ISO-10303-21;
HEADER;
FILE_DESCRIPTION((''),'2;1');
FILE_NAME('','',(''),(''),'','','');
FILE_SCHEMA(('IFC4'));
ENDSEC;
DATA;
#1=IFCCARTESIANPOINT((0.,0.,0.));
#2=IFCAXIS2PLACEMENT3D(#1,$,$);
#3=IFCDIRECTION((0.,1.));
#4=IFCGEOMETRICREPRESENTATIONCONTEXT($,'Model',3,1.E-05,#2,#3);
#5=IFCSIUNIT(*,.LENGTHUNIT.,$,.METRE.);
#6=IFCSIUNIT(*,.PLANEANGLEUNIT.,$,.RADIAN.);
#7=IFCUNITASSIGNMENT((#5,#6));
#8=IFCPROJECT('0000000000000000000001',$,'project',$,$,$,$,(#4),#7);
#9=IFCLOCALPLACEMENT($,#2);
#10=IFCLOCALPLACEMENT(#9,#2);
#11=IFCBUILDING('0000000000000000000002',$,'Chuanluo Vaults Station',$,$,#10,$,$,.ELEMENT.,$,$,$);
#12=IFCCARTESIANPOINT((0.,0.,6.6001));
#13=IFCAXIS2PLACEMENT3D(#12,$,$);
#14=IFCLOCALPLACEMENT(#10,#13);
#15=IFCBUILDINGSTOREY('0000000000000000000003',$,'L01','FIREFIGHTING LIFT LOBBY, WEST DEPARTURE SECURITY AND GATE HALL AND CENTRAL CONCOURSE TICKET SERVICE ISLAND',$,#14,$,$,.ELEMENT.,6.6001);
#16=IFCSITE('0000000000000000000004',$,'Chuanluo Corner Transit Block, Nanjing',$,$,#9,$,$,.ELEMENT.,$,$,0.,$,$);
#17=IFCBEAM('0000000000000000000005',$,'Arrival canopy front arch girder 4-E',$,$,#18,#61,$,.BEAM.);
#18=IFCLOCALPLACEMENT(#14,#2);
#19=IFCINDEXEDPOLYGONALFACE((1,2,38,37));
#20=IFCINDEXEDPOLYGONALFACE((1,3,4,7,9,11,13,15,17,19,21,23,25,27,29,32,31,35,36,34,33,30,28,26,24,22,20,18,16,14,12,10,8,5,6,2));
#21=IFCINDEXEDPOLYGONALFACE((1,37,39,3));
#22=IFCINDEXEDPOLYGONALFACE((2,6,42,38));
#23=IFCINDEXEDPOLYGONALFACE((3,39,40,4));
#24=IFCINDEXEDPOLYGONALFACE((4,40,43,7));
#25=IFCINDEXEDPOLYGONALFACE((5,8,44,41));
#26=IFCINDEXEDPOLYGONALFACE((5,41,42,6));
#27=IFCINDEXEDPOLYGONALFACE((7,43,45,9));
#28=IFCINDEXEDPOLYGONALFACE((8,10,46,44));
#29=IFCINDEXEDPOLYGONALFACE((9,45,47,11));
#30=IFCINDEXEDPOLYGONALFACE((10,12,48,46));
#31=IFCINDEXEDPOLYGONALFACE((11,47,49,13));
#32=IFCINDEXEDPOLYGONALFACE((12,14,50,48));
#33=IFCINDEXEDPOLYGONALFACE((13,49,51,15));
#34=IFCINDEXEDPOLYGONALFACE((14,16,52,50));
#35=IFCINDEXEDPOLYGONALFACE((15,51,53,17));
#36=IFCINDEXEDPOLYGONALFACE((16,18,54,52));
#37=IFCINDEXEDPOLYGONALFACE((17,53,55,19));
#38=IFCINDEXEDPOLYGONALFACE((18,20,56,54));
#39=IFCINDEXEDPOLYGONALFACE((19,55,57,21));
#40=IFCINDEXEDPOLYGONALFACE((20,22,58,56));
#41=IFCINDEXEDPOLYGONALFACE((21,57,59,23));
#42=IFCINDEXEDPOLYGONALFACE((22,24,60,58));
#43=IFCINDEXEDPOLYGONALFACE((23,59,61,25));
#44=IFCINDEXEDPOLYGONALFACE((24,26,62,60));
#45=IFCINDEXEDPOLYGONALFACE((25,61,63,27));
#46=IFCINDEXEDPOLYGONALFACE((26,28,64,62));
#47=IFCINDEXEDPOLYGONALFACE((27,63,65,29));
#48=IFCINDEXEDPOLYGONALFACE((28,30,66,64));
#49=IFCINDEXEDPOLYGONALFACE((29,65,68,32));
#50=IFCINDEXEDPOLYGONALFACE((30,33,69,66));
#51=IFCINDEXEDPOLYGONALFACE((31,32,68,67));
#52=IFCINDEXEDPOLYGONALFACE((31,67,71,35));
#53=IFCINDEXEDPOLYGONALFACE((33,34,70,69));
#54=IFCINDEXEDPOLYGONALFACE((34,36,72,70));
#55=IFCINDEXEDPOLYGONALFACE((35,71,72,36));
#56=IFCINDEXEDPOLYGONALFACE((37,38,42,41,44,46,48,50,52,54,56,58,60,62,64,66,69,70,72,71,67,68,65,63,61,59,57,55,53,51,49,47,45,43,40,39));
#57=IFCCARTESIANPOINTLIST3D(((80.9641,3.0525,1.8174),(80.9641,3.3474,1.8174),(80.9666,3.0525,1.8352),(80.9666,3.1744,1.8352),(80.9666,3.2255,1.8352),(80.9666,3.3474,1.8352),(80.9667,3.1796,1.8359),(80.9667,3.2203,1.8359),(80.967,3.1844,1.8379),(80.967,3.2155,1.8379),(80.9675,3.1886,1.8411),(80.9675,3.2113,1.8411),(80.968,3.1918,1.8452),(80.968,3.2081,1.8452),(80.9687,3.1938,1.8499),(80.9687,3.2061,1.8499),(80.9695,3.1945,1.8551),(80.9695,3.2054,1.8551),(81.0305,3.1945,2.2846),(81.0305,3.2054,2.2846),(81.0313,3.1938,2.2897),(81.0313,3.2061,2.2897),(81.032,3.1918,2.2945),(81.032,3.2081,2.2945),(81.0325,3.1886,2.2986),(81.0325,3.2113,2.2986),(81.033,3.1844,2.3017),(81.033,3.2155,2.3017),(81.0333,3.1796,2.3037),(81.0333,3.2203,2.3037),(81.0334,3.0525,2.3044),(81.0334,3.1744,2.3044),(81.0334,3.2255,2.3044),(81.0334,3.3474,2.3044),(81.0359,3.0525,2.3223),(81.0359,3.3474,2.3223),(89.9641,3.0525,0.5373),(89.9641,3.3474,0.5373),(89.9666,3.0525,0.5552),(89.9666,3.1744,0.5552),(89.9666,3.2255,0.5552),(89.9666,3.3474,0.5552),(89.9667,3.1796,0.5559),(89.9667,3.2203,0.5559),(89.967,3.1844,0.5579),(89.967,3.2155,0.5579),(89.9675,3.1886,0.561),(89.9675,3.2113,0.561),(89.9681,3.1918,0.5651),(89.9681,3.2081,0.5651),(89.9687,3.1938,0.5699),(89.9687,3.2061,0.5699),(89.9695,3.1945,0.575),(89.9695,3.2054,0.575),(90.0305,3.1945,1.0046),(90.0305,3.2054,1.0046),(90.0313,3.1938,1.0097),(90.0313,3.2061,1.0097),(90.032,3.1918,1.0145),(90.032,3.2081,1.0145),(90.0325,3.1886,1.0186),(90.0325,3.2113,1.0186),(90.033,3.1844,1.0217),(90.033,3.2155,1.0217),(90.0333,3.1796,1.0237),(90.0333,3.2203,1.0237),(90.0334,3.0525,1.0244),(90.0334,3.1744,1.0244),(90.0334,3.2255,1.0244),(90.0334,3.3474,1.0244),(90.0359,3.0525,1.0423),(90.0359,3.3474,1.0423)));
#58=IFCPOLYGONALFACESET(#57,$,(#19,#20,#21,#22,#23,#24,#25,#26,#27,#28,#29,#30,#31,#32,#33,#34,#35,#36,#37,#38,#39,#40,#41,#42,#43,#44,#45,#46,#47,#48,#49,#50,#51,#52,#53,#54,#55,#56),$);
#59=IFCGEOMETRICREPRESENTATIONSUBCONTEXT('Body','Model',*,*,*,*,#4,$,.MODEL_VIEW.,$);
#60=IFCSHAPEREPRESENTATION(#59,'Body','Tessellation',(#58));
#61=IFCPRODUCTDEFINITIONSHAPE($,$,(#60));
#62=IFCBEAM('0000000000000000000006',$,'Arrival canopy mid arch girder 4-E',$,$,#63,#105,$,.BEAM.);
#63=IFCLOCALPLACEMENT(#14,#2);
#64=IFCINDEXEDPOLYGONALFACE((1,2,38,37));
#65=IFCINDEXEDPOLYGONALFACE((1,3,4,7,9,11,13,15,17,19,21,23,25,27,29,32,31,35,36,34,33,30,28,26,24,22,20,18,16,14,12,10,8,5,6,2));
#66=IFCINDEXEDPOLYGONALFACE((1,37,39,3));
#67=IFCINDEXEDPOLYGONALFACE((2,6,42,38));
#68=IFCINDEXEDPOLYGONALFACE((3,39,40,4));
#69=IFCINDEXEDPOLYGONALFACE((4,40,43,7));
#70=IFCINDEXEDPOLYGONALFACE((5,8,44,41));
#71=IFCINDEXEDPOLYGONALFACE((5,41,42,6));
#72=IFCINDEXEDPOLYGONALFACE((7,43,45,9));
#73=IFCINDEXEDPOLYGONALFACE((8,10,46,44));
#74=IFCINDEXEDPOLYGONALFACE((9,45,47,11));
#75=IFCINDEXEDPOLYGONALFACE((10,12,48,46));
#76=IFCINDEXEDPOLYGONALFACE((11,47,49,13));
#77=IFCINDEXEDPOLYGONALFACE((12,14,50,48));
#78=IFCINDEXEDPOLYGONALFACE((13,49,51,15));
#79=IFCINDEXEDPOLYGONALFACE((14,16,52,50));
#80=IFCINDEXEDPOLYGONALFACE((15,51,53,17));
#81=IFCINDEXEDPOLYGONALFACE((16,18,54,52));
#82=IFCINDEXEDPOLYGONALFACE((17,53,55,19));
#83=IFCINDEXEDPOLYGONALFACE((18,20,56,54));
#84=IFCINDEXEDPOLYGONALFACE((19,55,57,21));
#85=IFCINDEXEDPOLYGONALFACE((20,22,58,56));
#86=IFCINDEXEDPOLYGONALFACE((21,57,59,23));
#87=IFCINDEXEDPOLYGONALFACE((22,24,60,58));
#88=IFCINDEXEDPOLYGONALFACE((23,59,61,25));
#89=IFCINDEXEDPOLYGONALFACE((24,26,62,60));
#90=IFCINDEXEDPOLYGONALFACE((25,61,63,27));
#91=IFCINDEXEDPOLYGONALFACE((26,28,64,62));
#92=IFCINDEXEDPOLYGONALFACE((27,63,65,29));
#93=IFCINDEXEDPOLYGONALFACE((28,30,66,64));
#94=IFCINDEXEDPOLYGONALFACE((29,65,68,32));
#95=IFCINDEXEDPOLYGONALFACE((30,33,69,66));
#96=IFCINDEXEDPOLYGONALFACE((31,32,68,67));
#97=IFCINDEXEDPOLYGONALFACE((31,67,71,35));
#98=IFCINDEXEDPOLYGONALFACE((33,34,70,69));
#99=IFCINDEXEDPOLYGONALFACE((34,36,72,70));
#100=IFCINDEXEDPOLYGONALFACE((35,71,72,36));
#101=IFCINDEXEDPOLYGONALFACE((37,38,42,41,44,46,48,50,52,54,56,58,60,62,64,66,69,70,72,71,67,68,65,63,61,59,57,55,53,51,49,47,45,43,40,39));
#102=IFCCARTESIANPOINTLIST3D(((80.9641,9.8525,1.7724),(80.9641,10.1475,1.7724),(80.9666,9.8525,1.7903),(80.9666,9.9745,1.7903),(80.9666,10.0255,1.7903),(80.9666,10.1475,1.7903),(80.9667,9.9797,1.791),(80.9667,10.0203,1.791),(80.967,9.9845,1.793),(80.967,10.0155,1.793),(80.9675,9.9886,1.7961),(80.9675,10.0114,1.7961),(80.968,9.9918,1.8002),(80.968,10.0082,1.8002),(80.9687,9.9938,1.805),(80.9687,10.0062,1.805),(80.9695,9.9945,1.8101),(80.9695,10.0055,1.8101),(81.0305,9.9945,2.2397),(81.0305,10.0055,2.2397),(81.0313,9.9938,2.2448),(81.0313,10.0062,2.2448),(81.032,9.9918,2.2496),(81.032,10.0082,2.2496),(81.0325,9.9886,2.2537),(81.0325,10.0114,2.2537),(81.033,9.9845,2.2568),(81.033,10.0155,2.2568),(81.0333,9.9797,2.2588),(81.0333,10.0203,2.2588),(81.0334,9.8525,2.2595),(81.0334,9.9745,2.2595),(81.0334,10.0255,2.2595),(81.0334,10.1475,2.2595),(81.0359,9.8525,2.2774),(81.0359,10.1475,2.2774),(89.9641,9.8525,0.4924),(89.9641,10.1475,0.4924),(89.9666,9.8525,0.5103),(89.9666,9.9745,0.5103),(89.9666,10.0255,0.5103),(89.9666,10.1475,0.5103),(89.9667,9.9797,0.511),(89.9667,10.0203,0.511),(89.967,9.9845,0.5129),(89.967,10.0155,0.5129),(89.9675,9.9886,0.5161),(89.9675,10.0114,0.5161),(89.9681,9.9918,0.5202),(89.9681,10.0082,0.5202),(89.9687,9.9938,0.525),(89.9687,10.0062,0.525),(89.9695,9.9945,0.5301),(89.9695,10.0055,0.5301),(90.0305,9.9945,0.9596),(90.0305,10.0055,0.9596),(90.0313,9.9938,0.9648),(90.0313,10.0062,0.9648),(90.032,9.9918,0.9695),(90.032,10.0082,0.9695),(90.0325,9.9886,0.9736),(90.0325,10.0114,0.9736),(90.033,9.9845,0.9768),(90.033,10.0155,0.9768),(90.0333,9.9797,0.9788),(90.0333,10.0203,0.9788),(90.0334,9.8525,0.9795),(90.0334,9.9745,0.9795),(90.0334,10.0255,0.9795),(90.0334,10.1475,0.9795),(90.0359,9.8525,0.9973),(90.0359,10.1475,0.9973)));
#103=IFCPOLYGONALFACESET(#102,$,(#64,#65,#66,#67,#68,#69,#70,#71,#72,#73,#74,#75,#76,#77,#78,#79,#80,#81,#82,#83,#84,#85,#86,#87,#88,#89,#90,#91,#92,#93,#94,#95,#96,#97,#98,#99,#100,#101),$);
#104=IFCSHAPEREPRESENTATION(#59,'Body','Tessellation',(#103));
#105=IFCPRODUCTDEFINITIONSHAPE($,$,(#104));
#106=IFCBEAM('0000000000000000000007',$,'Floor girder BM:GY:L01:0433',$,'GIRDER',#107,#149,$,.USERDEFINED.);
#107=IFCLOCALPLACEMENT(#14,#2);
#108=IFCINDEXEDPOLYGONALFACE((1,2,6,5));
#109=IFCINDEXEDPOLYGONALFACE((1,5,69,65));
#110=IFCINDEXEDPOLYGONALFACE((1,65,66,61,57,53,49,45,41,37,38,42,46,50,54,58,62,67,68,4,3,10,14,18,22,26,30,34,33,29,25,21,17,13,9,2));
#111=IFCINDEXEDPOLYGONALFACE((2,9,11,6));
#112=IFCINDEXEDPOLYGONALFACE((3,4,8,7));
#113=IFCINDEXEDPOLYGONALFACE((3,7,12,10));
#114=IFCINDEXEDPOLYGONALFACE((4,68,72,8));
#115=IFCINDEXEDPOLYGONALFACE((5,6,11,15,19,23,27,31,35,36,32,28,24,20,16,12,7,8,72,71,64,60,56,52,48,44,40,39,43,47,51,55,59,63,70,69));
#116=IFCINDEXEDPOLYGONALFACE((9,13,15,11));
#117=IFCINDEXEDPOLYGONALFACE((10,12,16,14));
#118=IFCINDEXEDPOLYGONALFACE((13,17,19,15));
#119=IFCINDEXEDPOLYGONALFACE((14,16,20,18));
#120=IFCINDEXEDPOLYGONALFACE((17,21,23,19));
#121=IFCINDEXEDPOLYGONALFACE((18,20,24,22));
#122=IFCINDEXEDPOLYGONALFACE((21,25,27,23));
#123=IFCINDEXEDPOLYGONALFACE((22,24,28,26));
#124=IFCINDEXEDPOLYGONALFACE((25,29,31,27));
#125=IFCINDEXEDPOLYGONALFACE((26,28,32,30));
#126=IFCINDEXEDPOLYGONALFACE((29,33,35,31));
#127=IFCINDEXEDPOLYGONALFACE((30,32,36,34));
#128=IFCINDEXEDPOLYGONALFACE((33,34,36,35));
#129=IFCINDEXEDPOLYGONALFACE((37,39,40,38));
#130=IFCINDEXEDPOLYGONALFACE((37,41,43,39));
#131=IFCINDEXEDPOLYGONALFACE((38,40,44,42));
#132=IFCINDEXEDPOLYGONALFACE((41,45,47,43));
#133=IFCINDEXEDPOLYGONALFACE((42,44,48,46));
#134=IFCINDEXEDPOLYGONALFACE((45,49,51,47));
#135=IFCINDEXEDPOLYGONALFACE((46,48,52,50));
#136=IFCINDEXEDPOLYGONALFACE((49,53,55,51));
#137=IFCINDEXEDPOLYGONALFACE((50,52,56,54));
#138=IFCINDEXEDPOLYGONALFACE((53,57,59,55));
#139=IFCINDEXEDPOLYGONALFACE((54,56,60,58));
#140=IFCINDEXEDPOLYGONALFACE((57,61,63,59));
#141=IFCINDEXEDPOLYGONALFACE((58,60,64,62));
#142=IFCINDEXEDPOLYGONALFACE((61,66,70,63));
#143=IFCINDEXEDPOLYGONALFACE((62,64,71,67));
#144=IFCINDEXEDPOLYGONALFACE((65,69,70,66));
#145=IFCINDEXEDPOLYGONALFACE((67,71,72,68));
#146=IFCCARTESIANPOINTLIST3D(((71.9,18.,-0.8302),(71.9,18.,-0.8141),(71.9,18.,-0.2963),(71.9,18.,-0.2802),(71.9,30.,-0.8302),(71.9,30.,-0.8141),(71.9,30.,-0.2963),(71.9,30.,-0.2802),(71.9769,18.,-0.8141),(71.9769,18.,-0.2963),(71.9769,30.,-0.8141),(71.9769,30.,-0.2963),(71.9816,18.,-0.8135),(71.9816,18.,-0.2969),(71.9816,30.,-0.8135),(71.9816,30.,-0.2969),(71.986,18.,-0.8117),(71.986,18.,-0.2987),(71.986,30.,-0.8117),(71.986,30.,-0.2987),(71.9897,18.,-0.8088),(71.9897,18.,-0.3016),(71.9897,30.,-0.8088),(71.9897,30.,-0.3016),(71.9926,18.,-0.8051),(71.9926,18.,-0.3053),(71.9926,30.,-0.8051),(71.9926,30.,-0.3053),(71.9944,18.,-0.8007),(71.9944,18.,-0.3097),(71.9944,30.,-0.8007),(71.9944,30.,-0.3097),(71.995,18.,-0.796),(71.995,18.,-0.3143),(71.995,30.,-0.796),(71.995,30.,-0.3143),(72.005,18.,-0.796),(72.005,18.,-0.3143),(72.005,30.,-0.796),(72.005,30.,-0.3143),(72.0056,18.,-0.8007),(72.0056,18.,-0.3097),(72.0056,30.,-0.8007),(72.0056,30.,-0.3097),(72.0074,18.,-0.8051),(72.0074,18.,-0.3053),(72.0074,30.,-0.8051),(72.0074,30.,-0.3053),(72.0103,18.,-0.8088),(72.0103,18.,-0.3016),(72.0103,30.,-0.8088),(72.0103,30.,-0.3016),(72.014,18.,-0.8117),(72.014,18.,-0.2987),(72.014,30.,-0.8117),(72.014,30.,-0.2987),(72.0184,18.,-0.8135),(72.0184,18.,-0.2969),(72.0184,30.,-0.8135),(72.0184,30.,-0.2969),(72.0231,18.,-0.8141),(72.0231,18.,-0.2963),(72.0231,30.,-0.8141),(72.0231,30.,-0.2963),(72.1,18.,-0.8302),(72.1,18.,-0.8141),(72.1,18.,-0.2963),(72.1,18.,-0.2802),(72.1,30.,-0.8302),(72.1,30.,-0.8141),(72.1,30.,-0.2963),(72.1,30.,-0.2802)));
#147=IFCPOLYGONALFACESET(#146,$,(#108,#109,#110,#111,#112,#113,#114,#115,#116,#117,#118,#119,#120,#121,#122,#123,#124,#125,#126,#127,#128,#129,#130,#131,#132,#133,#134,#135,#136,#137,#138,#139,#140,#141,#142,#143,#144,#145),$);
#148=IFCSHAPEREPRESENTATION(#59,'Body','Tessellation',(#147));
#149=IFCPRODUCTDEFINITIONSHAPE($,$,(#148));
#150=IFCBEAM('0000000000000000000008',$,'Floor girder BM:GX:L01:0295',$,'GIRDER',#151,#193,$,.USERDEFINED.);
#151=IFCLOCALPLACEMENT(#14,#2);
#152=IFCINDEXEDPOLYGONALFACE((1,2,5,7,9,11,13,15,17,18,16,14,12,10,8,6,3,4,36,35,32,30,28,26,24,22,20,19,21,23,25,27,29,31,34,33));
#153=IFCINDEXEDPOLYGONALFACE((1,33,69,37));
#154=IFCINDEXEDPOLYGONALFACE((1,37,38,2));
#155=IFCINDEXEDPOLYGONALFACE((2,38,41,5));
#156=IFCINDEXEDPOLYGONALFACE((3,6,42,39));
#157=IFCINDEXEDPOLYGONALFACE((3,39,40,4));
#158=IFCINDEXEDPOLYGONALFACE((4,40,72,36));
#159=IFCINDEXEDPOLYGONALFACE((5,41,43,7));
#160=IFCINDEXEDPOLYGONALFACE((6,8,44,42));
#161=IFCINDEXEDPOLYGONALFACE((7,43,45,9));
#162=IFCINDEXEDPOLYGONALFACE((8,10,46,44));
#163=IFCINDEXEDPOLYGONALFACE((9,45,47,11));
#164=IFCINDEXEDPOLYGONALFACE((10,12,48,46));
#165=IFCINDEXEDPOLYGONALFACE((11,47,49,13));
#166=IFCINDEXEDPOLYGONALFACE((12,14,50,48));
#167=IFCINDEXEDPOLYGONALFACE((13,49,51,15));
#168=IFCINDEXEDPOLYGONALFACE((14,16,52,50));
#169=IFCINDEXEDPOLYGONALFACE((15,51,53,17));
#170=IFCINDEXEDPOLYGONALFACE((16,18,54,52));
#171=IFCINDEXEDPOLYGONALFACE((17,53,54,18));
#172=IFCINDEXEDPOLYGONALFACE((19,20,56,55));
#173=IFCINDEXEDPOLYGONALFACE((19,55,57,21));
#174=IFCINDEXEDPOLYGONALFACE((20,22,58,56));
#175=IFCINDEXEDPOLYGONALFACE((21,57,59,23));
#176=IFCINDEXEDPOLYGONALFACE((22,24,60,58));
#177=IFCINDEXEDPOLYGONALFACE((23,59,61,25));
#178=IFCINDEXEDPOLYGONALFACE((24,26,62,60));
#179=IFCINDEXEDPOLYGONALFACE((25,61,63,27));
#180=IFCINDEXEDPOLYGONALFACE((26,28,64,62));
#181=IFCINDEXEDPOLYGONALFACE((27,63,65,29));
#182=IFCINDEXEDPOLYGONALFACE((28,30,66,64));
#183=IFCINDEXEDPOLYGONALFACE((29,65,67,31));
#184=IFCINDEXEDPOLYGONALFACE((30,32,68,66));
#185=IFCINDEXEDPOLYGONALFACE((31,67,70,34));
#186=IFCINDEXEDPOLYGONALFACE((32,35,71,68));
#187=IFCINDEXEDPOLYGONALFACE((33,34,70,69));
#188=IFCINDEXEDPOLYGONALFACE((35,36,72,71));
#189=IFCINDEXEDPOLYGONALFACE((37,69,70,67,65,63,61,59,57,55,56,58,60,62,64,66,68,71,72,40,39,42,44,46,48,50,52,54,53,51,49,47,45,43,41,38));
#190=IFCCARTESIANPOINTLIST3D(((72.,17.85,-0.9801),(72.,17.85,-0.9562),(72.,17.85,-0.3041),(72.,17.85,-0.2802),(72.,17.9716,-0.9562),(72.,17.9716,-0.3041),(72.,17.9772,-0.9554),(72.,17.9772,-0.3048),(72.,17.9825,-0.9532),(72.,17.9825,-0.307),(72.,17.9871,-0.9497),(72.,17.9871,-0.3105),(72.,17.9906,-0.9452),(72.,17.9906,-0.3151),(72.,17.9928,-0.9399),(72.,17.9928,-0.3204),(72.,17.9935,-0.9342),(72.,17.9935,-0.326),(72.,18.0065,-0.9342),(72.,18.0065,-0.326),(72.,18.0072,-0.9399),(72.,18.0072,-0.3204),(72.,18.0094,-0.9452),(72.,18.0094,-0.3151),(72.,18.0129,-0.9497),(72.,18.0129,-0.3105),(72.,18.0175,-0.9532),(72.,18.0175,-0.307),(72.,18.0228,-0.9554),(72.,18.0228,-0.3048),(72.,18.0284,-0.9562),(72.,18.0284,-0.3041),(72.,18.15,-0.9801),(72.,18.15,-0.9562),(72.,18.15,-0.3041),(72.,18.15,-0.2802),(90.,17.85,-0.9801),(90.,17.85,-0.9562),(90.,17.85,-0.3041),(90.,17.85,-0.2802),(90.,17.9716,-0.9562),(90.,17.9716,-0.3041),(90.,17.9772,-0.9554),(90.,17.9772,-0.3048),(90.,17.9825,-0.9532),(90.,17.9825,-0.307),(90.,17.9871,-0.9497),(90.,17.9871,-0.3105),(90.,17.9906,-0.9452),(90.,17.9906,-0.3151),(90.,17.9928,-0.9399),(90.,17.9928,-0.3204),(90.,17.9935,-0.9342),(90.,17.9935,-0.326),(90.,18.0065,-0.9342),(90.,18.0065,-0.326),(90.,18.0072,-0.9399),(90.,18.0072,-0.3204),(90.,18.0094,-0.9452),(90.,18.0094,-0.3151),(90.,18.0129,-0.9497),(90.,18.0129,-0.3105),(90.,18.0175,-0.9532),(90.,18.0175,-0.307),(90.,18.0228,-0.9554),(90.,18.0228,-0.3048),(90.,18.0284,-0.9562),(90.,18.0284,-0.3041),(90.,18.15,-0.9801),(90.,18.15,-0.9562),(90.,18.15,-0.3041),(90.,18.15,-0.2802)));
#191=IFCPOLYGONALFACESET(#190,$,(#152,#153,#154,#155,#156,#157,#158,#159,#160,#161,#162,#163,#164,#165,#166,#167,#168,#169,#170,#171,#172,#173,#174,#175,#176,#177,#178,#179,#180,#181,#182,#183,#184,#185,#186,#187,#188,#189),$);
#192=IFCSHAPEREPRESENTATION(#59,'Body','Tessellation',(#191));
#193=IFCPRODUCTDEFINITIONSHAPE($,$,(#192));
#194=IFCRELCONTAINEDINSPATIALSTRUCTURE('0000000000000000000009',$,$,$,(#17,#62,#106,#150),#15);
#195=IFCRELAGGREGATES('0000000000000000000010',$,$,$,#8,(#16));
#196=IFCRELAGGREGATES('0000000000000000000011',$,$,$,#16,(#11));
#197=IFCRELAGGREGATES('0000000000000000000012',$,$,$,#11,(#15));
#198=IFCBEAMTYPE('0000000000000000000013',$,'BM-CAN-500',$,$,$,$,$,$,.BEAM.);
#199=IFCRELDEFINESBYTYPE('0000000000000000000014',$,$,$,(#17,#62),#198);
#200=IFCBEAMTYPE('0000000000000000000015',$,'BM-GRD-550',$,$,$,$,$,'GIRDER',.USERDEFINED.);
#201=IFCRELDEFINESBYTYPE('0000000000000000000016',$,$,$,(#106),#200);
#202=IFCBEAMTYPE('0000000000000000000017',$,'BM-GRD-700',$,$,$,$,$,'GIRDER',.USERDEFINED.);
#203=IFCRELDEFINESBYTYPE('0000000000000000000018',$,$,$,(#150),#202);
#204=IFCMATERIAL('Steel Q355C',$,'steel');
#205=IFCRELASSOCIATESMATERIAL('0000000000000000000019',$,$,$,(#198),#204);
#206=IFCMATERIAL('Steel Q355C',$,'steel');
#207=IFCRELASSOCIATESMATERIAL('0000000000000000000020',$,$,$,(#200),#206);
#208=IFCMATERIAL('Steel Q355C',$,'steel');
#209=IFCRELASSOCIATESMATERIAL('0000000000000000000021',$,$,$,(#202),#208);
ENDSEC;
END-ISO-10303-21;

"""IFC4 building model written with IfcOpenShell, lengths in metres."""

from ifc_helpers import new_model, si_unit, direction, frame, origin, origin_2d, place, context, subcontext, project, spatial, i_section, extrude, material, material_profile, profile_set, type_object, element, save


model = new_model("IFC4")

# Units and contexts
model_context = context("Model", 3, precision=1e-05, world=origin(), true_north=direction((0.0, 1.0)))
body_context = subcontext(model_context, "Body", "Model", "MODEL_VIEW")
ifc_project = project(units=[si_unit("LENGTHUNIT", "METRE"), si_unit("PLANEANGLEUNIT", "RADIAN")], contexts=[model_context])

# Site, building, storey
site_placement = place(None, origin())
site = spatial("IfcSite", under=ifc_project, at=site_placement, Name="Chuanluo Corner Transit Block, Nanjing", CompositionType="ELEMENT", RefElevation=0.0)
building_placement = place(site_placement, origin())
building = spatial("IfcBuilding", under=site, at=building_placement, Name="Chuanluo Vaults Station", CompositionType="ELEMENT")
storey_placement = place(building_placement, frame((0.0, 0.0, 6.6001)))
storey = spatial("IfcBuildingStorey", under=building, at=storey_placement, Name="L01", Description="FIREFIGHTING LIFT LOBBY, WEST DEPARTURE SECURITY AND GATE HALL AND CENTRAL CONCOURSE TICKET SERVICE ISLAND", CompositionType="ELEMENT", Elevation=6.6001)

# Beams
ifc_material_1 = material(Name="Steel Q355C", Category="steel")
ifc_material_profile_1 = material_profile(ifc_material_1, i_section(OverallWidth=0.2949, OverallDepth=0.51, WebThickness=0.011, FlangeThickness=0.0181, FilletRadius=0.02, at=origin_2d()))
ifc_profile_set_1 = profile_set([ifc_material_profile_1], Name="Steel Q355C")
beam_type_1 = type_object("IfcBeamType", Name="BM-CAN-500", PredefinedType="BEAM", material=ifc_profile_set_1)
for number, where, z_axis, x_axis, name in (
    (1, (81.0, 3.2, 2.0698), (0.990037, 0.0, -0.140808), (0.0, 1.0, 0.0), "Arrival canopy front arch girder 4-E"),
    (2, (81.0, 10.0, 2.0249), (0.990037, 0.0, -0.140808), (0.0, 1.0, 0.0), "Arrival canopy mid arch girder 4-E"),
):
    element("IfcBeam", number, at=place(storey_placement, frame(where, z_axis=z_axis, x_axis=x_axis)), inside=storey, type_object=beam_type_1, Name=name, PredefinedType="BEAM", context=body_context, shape_type="SweptSolid", body=[
        extrude(i_section(OverallWidth=0.2949, OverallDepth=0.51, WebThickness=0.011, FlangeThickness=0.0181, FilletRadius=0.02, at=origin_2d()), origin(), (0.0, 0.0, 1.0), 9.0906),
    ])
ifc_material_2 = material(Name="Steel Q355C", Category="steel")
ifc_material_profile_2 = material_profile(ifc_material_2, i_section(OverallWidth=0.2, OverallDepth=0.55, WebThickness=0.01, FlangeThickness=0.0161, FilletRadius=0.0181, at=origin_2d()))
ifc_profile_set_2 = profile_set([ifc_material_profile_2], Name="Steel Q355C")
beam_type_2 = type_object("IfcBeamType", Name="BM-GRD-550", ElementType="GIRDER", PredefinedType="USERDEFINED", material=ifc_profile_set_2)
beam_1_placement = place(storey_placement, frame((72.0, 18.0, -0.5552), z_axis=(0.0, 1.0, 0.0), x_axis=(-1.0, 0.0, 0.0)))
element("IfcBeam", 3, at=beam_1_placement, inside=storey, type_object=beam_type_2, Name="Floor girder BM:GY:L01:0433", ObjectType="GIRDER", PredefinedType="USERDEFINED", context=body_context, shape_type="SweptSolid", body=[
    extrude(i_section(OverallWidth=0.2, OverallDepth=0.55, WebThickness=0.01, FlangeThickness=0.0161, FilletRadius=0.0181, at=origin_2d()), origin(), (0.0, 0.0, 1.0), 12.0),
])
ifc_material_3 = material(Name="Steel Q355C", Category="steel")
ifc_material_profile_3 = material_profile(ifc_material_3, i_section(OverallWidth=0.3, OverallDepth=0.7, WebThickness=0.0129, FlangeThickness=0.0239, FilletRadius=0.022, at=origin_2d()))
ifc_profile_set_3 = profile_set([ifc_material_profile_3], Name="Steel Q355C")
beam_type_3 = type_object("IfcBeamType", Name="BM-GRD-700", ElementType="GIRDER", PredefinedType="USERDEFINED", material=ifc_profile_set_3)
beam_2_placement = place(storey_placement, frame((72.0, 18.0, -0.6301), z_axis=(1.0, 0.0, 0.0), x_axis=(0.0, 1.0, 0.0)))
element("IfcBeam", 4, at=beam_2_placement, inside=storey, type_object=beam_type_3, Name="Floor girder BM:GX:L01:0295", ObjectType="GIRDER", PredefinedType="USERDEFINED", context=body_context, shape_type="SweptSolid", body=[
    extrude(i_section(OverallWidth=0.3, OverallDepth=0.7, WebThickness=0.0129, FlangeThickness=0.0239, FilletRadius=0.022, at=origin_2d()), origin(), (0.0, 0.0, 1.0), 18.0),
])

save(model, "model.ifc")
